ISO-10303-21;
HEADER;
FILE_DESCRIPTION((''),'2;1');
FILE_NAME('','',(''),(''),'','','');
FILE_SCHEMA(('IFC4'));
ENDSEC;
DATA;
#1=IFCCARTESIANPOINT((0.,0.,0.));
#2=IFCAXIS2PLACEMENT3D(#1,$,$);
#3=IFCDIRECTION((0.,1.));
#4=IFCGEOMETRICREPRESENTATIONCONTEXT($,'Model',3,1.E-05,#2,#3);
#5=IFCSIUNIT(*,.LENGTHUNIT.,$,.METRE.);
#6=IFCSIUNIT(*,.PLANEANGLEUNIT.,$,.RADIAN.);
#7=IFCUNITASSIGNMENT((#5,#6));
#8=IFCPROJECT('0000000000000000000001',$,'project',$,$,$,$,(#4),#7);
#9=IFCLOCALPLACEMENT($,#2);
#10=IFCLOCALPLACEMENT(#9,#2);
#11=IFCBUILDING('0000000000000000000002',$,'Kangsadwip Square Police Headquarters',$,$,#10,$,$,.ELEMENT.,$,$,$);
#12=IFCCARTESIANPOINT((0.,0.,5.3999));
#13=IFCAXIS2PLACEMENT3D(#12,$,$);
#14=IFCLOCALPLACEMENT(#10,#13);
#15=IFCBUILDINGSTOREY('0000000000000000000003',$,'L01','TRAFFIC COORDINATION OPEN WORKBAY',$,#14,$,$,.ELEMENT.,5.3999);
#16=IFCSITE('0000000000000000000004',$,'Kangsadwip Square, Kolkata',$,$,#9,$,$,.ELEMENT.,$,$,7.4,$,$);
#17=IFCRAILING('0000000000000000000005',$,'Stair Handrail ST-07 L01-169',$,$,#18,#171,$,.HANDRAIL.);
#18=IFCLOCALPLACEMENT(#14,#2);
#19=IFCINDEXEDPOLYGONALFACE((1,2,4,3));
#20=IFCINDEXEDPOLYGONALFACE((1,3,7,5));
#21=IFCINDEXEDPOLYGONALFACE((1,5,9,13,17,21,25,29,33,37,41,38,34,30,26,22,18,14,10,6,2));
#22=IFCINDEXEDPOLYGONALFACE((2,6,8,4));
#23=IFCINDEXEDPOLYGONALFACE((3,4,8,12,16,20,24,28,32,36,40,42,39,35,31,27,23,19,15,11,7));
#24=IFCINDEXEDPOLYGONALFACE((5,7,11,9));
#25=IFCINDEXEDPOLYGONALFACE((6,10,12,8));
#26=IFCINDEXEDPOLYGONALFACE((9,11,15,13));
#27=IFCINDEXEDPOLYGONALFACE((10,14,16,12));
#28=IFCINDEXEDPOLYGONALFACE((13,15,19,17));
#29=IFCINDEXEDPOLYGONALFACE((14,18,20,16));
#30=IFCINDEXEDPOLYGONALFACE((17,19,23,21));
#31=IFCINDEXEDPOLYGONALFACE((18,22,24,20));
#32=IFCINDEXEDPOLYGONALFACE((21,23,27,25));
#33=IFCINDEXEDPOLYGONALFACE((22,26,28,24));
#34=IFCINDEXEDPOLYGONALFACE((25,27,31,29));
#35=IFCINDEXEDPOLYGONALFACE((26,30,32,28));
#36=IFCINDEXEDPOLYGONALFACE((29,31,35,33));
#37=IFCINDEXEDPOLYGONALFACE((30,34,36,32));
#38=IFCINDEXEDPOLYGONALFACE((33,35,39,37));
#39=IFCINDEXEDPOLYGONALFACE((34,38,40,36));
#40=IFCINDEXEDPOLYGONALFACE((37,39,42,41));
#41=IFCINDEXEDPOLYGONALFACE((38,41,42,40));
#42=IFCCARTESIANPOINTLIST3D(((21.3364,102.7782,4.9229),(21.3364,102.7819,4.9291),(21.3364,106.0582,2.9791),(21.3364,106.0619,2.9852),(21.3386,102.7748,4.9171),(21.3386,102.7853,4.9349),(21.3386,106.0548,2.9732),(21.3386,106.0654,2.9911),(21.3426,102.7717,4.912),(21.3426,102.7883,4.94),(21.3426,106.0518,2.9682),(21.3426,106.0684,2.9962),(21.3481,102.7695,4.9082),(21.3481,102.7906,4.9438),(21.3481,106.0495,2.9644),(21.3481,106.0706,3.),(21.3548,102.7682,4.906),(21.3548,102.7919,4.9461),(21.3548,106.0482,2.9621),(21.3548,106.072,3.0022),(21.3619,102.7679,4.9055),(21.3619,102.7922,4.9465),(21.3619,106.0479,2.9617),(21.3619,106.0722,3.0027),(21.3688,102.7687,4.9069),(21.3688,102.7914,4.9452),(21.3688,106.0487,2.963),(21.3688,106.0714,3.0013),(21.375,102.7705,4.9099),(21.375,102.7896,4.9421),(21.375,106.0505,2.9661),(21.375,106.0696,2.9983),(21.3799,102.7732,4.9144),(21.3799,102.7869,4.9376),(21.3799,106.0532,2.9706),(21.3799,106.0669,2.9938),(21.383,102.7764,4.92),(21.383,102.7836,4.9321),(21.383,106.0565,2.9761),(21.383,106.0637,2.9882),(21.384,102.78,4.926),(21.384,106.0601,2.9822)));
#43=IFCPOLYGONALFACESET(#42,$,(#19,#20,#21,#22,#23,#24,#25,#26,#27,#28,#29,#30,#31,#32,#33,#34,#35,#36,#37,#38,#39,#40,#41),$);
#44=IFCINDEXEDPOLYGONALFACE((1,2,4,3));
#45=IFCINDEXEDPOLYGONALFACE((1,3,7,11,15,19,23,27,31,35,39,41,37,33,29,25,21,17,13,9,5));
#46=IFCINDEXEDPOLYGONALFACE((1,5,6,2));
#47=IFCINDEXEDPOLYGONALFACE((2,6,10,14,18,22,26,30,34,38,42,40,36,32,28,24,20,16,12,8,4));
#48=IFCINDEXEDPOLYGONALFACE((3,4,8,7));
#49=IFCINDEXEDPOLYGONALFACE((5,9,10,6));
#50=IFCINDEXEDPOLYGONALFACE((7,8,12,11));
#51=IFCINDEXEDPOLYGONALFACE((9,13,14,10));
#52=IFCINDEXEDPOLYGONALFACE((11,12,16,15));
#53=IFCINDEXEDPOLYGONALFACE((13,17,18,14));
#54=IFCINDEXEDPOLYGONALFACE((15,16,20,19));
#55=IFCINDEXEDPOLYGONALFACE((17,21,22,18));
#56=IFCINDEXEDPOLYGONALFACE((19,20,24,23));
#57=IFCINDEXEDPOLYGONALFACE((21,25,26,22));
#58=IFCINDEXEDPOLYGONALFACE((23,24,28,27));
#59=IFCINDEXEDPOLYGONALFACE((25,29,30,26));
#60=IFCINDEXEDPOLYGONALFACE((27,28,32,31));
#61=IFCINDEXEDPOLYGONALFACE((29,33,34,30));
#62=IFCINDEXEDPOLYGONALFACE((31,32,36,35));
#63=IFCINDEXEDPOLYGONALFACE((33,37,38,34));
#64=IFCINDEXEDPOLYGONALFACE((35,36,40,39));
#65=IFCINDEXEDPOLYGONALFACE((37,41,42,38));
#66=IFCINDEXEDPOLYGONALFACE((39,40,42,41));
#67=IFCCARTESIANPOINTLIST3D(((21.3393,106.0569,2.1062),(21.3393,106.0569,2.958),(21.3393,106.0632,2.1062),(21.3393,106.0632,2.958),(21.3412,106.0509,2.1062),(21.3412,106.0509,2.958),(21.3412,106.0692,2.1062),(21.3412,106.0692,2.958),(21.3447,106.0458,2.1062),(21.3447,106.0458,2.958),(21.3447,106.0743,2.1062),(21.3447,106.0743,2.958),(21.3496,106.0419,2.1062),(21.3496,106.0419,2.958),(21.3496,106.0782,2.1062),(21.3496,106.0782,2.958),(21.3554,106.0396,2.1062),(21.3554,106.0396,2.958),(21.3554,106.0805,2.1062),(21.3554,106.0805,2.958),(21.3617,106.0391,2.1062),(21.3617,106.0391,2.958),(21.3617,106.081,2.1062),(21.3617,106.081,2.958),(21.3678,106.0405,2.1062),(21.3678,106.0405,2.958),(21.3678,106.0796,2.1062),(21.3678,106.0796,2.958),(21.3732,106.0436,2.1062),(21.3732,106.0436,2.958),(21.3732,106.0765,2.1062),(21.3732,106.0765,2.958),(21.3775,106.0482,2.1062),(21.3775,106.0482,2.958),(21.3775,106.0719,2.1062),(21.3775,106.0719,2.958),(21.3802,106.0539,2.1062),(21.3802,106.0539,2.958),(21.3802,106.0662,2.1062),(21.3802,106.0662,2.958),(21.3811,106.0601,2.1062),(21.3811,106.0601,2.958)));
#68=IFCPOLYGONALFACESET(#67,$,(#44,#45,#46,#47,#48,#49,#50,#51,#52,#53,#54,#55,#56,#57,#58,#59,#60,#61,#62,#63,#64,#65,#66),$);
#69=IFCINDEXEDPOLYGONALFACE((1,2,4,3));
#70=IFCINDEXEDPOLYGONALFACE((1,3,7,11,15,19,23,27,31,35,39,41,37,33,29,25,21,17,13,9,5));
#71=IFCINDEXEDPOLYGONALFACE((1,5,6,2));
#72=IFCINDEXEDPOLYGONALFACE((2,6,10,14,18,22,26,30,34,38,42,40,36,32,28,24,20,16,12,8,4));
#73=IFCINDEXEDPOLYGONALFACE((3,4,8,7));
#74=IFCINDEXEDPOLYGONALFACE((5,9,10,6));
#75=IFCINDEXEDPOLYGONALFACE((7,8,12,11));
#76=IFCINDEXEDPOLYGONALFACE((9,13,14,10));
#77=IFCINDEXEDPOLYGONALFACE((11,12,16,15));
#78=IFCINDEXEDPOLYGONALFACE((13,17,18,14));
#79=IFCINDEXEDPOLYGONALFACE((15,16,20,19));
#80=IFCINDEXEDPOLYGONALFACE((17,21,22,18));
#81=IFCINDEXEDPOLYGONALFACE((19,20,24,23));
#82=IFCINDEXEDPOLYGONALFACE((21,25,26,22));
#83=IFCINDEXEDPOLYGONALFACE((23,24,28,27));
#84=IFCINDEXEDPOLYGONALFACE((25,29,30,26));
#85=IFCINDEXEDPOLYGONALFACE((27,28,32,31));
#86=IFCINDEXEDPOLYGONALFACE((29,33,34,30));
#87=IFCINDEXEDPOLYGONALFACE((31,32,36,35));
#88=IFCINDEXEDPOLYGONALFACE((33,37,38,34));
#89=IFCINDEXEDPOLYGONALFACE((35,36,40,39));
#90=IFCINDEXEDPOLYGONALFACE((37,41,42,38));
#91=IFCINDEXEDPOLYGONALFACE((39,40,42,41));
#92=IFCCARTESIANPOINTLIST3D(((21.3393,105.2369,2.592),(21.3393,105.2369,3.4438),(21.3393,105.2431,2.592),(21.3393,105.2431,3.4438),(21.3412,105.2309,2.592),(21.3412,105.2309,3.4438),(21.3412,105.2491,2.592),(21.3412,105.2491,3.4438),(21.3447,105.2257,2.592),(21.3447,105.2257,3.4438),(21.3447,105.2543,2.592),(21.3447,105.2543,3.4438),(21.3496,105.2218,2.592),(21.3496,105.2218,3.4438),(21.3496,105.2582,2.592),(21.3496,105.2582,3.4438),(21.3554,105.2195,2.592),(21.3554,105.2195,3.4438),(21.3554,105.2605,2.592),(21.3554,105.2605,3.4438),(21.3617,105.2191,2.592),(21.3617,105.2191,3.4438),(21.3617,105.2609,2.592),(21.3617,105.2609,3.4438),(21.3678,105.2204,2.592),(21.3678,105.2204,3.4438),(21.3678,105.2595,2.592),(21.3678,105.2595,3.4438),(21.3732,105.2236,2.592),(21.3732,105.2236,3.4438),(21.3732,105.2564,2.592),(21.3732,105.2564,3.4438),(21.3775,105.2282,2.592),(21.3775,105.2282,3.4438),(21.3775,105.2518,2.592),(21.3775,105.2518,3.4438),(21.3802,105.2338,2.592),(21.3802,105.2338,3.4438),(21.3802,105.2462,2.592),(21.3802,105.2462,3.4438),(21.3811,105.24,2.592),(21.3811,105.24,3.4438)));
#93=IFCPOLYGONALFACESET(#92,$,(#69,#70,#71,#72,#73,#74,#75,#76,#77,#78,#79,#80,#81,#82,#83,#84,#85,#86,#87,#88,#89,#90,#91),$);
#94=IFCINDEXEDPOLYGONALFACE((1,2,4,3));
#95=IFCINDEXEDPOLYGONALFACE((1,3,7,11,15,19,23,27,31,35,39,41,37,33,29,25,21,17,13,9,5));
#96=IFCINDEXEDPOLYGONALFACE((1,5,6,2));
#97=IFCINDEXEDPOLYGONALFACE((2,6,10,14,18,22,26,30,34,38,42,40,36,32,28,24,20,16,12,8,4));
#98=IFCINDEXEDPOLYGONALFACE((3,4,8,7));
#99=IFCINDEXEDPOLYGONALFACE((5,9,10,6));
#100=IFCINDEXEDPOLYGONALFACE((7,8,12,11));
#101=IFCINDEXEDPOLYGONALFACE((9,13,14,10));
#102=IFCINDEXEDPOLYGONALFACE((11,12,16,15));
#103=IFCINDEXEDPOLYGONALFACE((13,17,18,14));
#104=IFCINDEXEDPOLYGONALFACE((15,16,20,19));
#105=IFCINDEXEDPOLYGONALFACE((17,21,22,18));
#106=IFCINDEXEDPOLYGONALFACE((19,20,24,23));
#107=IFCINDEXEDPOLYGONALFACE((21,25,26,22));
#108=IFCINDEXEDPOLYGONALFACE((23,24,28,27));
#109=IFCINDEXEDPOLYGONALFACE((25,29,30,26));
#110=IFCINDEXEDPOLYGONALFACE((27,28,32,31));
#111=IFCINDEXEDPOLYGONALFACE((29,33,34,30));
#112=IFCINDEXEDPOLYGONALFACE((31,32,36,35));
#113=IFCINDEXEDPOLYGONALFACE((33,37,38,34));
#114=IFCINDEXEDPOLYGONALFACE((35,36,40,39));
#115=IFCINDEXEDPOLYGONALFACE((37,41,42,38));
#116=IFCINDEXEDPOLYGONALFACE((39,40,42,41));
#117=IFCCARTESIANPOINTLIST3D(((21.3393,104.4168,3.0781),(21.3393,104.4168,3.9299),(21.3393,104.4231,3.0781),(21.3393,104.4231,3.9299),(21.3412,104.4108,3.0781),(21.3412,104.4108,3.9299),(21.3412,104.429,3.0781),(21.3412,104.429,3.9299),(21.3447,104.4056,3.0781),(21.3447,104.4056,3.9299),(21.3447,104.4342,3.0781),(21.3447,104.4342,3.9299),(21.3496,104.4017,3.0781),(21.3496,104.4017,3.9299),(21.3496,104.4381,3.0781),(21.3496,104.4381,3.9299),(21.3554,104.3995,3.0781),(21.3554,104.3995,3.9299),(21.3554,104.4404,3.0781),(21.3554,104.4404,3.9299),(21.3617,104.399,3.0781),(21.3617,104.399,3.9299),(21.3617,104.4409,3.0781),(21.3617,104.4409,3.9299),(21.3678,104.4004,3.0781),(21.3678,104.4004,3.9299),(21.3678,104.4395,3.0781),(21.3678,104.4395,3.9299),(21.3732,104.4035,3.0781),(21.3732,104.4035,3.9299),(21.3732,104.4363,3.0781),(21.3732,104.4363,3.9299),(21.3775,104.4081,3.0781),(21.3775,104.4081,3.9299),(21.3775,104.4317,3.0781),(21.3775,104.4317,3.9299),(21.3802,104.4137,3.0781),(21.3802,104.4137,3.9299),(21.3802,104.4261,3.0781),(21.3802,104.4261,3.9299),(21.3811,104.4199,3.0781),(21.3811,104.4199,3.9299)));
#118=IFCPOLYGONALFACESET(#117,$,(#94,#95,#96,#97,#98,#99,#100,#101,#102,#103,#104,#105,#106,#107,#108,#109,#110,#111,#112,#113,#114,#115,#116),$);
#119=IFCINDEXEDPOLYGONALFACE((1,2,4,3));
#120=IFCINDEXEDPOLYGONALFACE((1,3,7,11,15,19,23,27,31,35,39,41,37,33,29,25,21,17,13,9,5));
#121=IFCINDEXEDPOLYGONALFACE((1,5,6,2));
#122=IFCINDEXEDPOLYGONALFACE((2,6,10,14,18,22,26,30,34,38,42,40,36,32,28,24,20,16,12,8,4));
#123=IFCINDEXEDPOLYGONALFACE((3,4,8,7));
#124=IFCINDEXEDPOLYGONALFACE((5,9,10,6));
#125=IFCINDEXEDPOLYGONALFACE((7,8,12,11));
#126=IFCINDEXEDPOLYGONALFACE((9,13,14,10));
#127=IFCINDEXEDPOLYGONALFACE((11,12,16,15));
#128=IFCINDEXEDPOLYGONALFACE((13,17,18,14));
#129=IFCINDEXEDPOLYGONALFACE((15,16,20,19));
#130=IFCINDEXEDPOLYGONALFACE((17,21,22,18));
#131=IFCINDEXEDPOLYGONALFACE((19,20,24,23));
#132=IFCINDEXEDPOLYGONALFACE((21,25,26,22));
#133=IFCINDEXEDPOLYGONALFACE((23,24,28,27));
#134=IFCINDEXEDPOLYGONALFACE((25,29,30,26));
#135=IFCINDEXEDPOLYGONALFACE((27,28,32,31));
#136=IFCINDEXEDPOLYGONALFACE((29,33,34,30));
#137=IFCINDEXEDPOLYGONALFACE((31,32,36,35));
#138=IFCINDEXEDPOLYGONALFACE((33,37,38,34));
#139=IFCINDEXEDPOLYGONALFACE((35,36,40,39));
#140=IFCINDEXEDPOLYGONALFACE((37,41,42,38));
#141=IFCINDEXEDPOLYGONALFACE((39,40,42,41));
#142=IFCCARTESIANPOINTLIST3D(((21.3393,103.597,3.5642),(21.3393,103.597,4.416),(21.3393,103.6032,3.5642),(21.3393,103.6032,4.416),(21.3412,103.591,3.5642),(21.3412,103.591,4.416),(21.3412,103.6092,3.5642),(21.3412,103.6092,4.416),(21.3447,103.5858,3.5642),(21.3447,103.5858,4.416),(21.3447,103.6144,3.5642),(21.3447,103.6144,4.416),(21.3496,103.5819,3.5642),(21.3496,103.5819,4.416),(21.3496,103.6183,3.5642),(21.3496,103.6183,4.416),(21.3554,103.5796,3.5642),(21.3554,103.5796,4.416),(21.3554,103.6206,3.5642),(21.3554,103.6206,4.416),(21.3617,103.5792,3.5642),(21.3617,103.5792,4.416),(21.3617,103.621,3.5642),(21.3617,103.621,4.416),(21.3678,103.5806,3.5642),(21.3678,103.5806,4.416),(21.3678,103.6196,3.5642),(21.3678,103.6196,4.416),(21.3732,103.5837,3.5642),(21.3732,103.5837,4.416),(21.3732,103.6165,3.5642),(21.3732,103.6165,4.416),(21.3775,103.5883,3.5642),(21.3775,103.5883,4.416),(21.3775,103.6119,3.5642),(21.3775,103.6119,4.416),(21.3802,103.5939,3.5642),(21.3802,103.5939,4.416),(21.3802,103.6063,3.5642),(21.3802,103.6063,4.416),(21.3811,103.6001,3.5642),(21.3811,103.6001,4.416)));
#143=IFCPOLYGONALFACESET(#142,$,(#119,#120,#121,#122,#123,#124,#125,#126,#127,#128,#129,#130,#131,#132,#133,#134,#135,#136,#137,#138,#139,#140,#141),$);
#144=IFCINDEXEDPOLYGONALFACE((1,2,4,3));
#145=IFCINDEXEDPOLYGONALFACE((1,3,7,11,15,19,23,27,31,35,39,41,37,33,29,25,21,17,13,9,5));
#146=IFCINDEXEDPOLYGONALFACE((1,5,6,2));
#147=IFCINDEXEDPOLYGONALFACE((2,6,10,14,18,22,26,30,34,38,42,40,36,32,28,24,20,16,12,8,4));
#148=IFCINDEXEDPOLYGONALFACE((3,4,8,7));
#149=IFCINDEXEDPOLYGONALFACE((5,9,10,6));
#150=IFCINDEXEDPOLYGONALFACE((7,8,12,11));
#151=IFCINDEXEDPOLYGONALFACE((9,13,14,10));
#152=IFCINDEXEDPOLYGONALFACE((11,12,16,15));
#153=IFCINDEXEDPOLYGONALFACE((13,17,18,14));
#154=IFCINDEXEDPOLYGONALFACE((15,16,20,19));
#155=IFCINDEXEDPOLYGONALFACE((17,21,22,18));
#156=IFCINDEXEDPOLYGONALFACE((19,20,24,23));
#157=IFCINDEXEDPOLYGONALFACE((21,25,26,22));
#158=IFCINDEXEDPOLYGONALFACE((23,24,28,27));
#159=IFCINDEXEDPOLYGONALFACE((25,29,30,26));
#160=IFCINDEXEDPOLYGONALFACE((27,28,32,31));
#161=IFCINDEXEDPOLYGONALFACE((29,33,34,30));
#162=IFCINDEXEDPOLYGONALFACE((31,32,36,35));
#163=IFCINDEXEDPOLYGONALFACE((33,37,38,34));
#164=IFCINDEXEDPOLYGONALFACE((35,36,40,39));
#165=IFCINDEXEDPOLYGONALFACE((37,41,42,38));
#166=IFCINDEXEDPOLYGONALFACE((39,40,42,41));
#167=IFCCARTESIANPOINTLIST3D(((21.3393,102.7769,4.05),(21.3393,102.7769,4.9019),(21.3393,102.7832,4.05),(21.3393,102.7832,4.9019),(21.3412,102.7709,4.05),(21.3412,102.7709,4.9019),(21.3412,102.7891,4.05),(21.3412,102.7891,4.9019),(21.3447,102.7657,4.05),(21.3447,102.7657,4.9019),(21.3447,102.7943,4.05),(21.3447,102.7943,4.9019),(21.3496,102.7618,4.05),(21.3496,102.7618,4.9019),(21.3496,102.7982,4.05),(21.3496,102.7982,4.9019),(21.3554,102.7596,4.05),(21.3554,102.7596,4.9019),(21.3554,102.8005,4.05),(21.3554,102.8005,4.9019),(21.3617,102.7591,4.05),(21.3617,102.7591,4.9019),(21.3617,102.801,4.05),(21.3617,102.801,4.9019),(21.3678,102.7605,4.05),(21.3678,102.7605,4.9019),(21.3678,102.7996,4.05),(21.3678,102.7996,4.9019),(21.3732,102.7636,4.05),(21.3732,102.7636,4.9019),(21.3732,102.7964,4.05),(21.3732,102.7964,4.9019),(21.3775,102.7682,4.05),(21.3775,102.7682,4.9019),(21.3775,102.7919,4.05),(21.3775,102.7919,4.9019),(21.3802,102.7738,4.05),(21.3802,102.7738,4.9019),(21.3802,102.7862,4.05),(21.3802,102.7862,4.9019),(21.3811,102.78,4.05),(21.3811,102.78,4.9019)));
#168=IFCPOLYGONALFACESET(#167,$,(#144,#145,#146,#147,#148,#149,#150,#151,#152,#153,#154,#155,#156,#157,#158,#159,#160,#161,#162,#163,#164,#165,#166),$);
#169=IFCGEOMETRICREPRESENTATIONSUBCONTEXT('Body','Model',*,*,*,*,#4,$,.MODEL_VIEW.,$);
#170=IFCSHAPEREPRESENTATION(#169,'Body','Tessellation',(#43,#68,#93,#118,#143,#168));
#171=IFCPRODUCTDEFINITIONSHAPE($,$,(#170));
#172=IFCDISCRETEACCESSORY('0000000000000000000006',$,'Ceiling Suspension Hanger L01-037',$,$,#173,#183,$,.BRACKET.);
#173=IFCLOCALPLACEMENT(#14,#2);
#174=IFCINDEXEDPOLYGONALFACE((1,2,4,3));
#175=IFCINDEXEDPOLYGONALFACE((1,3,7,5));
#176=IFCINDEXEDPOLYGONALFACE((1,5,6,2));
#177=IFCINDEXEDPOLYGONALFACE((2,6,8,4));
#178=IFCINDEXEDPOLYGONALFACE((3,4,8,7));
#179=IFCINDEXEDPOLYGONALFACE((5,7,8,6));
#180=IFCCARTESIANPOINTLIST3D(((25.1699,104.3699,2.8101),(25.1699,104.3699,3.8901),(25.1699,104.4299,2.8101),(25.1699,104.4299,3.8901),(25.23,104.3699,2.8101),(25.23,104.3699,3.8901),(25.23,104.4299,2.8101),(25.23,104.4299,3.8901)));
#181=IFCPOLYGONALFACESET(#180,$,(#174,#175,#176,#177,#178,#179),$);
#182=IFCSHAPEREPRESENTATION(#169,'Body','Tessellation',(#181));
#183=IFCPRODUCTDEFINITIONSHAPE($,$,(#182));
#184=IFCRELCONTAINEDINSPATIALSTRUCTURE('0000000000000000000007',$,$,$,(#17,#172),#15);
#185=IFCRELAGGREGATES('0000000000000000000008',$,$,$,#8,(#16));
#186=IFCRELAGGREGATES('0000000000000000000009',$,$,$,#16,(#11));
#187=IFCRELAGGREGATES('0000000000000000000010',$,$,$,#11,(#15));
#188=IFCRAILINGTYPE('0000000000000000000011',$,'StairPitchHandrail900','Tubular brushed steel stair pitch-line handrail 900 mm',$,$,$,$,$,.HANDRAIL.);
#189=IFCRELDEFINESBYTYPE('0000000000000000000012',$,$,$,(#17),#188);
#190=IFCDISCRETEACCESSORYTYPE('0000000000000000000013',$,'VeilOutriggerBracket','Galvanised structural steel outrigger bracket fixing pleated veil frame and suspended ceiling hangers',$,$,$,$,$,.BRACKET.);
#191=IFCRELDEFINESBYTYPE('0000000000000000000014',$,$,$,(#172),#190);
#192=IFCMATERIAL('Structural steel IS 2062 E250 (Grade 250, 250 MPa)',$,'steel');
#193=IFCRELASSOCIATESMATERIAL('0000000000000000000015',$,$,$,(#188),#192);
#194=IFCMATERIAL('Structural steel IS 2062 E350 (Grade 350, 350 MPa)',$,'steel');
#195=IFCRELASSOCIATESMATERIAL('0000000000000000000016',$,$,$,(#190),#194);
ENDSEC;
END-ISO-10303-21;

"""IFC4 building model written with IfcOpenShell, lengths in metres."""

from ifc_helpers import new_model, si_unit, direction, frame, origin, origin_2d, place, context, subcontext, project, spatial, rectangle, circle, extrude, material, type_object, element, save


model = new_model("IFC4")

# Units and contexts
model_context = context("Model", 3, precision=1e-05, world=origin(), true_north=direction((0.0, 1.0)))
body_context = subcontext(model_context, "Body", "Model", "MODEL_VIEW")
ifc_project = project(units=[si_unit("LENGTHUNIT", "METRE"), si_unit("PLANEANGLEUNIT", "RADIAN")], contexts=[model_context])

# Site, building, storey
site_placement = place(None, origin())
site = spatial("IfcSite", under=ifc_project, at=site_placement, Name="Kangsadwip Square, Kolkata", CompositionType="ELEMENT", RefElevation=7.4)
building_placement = place(site_placement, origin())
building = spatial("IfcBuilding", under=site, at=building_placement, Name="Kangsadwip Square Police Headquarters", CompositionType="ELEMENT")
storey_placement = place(building_placement, frame((0.0, 0.0, 5.3999)))
storey = spatial("IfcBuildingStorey", under=building, at=storey_placement, Name="L01", Description="TRAFFIC COORDINATION OPEN WORKBAY", CompositionType="ELEMENT", Elevation=5.3999)

# Railing
ifc_material_1 = material(Name="Structural steel IS 2062 E250 (Grade 250, 250 MPa)", Category="steel")
railing_type_1 = type_object("IfcRailingType", Name="StairPitchHandrail900", Description="Tubular brushed steel stair pitch-line handrail 900 mm", PredefinedType="HANDRAIL", material=ifc_material_1)
railing_1_placement = place(storey_placement, frame((21.3601, 106.0601, 2.1062)))
element("IfcRailing", 1, at=railing_1_placement, inside=storey, type_object=railing_type_1, Name="Stair Handrail ST-07 L01-169", PredefinedType="HANDRAIL", context=body_context, shape_type="SweptSolid", body=[
    extrude(circle(Radius=0.0239, at=origin_2d()), frame((0.0, 0.0, 0.876), z_axis=(0.0, -0.860277, 0.509827), x_axis=(1.0, 0.0, 0.0)), (0.0, 0.0, 1.0), 3.8127),
    extrude(circle(Radius=0.021, at=origin_2d()), origin(), (0.0, 0.0, 1.0), 0.8518),
    extrude(circle(Radius=0.021, at=origin_2d()), frame((0.0, -0.8201, 0.4858)), (0.0, 0.0, 1.0), 0.8518),
    extrude(circle(Radius=0.021, at=origin_2d()), frame((0.0, -1.6401, 0.9719)), (0.0, 0.0, 1.0), 0.8518),
    extrude(circle(Radius=0.021, at=origin_2d()), frame((0.0, -2.46, 1.458)), (0.0, 0.0, 1.0), 0.8518),
    extrude(circle(Radius=0.021, at=origin_2d()), frame((0.0, -3.28, 1.9438)), (0.0, 0.0, 1.0), 0.8518),
])

# Discrete accessory
ifc_material_2 = material(Name="Structural steel IS 2062 E350 (Grade 350, 350 MPa)", Category="steel")
discrete_accessory_type = type_object("IfcDiscreteAccessoryType", Name="VeilOutriggerBracket", Description="Galvanised structural steel outrigger bracket fixing pleated veil frame and suspended ceiling hangers", PredefinedType="BRACKET", material=ifc_material_2)
discrete_accessory_placement = place(storey_placement, frame((25.2, 104.3999, 2.8101), z_axis=(0.0, 0.0, 1.0), x_axis=(1.0, 0.0, 0.0)))
element("IfcDiscreteAccessory", 2, at=discrete_accessory_placement, inside=storey, type_object=discrete_accessory_type, Name="Ceiling Suspension Hanger L01-037", PredefinedType="BRACKET", context=body_context, shape_type="SweptSolid", body=[
    extrude(rectangle(XDim=0.0601, YDim=0.0601, at=origin_2d()), origin(), (0.0, 0.0, 1.0), 1.0801),
])

save(model, "model.ifc")
